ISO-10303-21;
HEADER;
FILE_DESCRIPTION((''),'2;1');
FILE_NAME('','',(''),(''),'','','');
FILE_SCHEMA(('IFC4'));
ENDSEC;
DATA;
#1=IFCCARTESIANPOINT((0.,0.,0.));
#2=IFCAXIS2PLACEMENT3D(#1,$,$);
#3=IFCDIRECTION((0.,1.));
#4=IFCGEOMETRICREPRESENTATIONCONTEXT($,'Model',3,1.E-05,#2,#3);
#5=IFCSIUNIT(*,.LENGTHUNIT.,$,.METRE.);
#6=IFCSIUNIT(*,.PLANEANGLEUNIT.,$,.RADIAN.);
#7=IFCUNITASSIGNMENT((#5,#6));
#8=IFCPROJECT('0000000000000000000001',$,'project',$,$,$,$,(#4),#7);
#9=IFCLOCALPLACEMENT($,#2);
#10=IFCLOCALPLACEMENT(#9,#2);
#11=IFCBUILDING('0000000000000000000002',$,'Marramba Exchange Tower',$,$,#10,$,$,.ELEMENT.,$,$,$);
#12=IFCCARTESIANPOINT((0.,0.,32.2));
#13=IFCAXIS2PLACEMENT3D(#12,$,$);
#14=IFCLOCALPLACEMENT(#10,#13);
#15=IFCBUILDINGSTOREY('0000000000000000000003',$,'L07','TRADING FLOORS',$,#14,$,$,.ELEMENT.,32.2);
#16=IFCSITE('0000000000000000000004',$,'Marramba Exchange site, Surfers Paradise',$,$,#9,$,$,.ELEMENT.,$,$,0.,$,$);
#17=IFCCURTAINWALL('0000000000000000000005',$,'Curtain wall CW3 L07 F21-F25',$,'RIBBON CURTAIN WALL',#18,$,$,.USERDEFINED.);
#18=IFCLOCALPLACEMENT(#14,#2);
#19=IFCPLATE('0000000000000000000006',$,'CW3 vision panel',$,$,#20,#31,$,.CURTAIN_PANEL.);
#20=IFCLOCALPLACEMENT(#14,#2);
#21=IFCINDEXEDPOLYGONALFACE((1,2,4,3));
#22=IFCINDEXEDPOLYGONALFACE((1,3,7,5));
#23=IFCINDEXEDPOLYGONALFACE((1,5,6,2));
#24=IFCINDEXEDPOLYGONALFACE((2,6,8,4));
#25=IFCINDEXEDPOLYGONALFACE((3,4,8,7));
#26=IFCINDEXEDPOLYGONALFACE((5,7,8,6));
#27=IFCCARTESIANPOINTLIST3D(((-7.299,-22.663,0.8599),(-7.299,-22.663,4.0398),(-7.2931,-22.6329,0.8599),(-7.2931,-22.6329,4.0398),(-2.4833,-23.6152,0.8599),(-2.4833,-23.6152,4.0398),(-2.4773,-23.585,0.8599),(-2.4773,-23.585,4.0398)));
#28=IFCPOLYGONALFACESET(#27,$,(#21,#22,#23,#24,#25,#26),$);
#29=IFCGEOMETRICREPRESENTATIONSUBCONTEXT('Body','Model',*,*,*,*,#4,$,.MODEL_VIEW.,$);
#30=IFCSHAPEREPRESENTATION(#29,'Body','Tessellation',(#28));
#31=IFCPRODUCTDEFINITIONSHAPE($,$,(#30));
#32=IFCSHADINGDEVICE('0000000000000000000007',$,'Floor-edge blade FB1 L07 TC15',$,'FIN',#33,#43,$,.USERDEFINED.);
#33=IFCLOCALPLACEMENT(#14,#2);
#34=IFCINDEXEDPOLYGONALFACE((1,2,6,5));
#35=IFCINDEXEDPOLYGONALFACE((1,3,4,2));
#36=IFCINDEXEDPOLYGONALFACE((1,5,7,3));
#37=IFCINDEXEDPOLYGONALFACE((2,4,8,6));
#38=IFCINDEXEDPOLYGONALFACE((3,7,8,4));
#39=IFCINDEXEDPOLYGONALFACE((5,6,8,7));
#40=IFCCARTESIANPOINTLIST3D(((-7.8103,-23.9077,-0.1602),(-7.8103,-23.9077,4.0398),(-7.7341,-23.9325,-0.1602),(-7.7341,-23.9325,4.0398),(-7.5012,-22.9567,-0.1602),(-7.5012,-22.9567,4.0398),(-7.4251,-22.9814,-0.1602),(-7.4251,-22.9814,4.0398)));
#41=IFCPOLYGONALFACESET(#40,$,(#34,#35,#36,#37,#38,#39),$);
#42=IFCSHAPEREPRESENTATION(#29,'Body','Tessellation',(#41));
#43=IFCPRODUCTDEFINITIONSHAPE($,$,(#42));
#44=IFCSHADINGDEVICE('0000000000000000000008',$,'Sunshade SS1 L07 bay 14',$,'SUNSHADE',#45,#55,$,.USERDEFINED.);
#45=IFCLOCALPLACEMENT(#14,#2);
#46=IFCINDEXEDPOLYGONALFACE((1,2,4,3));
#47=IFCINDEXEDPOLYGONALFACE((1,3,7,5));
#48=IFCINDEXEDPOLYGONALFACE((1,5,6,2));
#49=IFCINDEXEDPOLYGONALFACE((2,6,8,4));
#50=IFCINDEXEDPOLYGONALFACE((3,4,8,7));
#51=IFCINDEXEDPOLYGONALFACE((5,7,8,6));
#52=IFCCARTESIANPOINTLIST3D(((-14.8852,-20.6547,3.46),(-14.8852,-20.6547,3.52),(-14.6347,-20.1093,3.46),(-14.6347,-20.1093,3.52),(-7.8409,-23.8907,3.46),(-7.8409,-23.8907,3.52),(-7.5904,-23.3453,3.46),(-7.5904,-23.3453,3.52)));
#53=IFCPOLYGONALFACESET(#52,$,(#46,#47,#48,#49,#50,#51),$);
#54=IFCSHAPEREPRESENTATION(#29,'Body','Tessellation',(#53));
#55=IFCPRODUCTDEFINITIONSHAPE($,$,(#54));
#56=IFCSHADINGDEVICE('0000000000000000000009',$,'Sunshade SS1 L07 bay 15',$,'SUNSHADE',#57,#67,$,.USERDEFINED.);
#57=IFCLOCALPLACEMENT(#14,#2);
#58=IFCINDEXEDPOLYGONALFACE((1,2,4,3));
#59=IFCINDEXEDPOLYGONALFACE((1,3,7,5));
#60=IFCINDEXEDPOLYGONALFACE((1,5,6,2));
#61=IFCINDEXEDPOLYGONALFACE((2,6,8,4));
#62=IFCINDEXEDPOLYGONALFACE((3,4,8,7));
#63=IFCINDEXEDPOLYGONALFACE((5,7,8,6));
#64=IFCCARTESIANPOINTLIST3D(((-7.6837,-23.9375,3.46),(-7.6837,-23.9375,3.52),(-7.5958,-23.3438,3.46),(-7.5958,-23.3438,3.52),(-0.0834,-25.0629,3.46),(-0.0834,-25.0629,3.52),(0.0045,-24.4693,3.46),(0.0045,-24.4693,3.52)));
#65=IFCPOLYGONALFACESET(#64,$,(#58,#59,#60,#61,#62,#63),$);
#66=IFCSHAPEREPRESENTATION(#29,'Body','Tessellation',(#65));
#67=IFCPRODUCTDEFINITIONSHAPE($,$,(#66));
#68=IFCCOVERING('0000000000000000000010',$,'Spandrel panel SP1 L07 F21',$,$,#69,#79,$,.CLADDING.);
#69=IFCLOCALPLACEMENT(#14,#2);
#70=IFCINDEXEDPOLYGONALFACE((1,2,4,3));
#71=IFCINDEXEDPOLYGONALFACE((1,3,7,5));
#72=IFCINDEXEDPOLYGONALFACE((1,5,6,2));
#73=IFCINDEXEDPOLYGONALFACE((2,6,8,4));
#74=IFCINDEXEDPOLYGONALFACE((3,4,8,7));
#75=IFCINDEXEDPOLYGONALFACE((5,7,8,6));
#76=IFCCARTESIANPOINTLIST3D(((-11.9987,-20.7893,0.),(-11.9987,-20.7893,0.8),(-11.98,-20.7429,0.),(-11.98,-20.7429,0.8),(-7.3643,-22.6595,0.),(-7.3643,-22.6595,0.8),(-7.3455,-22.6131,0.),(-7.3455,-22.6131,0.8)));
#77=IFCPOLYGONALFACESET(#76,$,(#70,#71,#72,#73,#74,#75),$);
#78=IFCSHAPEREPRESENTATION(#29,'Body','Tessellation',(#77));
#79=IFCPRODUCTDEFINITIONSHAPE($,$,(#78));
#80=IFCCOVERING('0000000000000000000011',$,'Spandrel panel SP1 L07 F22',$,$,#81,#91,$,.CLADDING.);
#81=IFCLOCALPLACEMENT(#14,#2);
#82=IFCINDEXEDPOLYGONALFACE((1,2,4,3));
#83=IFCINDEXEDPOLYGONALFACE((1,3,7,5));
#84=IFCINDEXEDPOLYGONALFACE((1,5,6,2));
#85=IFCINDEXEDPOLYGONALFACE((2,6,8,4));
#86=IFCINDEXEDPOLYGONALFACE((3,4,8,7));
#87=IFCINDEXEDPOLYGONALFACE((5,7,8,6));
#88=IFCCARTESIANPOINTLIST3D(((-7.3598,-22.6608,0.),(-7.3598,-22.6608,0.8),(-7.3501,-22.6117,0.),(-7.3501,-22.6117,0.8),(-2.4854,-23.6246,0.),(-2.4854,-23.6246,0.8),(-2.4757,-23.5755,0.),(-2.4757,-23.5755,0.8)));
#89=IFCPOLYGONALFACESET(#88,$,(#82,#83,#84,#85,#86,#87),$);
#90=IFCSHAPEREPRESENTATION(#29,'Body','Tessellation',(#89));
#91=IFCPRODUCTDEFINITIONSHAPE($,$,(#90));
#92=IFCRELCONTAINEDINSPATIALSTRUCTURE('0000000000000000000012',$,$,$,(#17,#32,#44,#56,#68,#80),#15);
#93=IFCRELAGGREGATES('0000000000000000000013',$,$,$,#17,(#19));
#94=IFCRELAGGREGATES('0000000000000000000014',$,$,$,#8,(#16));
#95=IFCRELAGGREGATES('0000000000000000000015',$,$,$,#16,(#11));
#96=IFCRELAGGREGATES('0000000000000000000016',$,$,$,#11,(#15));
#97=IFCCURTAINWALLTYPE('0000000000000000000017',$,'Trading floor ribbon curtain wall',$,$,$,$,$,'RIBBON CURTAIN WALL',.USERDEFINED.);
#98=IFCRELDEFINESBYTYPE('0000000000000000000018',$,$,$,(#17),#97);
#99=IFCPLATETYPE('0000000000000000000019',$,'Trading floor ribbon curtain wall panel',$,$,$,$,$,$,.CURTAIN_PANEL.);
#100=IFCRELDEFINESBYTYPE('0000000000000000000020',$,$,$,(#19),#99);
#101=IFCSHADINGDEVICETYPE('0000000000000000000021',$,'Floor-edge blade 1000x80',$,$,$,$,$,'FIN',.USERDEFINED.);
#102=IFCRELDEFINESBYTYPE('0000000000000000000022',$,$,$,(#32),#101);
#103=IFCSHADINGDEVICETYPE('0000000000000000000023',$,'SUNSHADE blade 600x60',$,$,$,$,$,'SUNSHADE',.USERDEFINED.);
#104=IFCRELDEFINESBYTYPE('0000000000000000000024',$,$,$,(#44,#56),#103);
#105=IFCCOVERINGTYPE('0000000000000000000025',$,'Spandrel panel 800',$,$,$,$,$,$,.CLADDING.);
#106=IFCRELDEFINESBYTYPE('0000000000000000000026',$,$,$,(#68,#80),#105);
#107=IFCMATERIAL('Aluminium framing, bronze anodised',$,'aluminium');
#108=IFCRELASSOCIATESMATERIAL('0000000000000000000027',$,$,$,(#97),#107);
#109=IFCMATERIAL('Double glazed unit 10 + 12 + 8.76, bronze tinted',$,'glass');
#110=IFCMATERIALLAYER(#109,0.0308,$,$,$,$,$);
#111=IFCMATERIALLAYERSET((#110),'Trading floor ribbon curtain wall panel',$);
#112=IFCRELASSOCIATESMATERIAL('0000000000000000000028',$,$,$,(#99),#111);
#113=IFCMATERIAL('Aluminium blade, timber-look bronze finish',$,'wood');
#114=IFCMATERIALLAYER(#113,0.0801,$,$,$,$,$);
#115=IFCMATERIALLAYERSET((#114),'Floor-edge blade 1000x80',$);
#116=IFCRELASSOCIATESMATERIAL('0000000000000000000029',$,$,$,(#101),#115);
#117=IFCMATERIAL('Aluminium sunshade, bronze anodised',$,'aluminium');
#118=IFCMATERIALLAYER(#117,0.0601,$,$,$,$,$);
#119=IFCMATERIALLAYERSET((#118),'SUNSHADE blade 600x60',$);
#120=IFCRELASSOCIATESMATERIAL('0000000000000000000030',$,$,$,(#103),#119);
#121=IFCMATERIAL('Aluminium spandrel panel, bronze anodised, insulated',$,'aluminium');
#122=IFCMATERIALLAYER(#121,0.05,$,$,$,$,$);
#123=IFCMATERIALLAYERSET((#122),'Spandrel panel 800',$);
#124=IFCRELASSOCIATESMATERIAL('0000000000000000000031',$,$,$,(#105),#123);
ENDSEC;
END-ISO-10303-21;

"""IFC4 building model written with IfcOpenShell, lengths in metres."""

from ifc_helpers import new_model, si_unit, direction, frame, origin, origin_2d, place, context, subcontext, project, spatial, rectangle, extrude, material, layer, layer_set, type_object, element, aggregate, save


model = new_model("IFC4")

# Units and contexts
model_context = context("Model", 3, precision=1e-05, world=origin(), true_north=direction((0.0, 1.0)))
body_context = subcontext(model_context, "Body", "Model", "MODEL_VIEW")
ifc_project = project(units=[si_unit("LENGTHUNIT", "METRE"), si_unit("PLANEANGLEUNIT", "RADIAN")], contexts=[model_context])

# Site, building, storey
site_placement = place(None, origin())
site = spatial("IfcSite", under=ifc_project, at=site_placement, Name="Marramba Exchange site, Surfers Paradise", CompositionType="ELEMENT", RefElevation=0.0)
building_placement = place(site_placement, origin())
building = spatial("IfcBuilding", under=site, at=building_placement, Name="Marramba Exchange Tower", CompositionType="ELEMENT")
storey_placement = place(building_placement, frame((0.0, 0.0, 32.2)))
storey = spatial("IfcBuildingStorey", under=building, at=storey_placement, Name="L07", Description="TRADING FLOORS", CompositionType="ELEMENT", Elevation=32.2)

# Curtain wall, plate
ifc_material_1 = material(Name="Aluminium framing, bronze anodised", Category="aluminium")
curtain_wall_type = type_object("IfcCurtainWallType", Name="Trading floor ribbon curtain wall", ElementType="RIBBON CURTAIN WALL", PredefinedType="USERDEFINED", material=ifc_material_1)
curtain_wall_placement = place(storey_placement, origin())
curtain_wall = element("IfcCurtainWall", 1, at=curtain_wall_placement, inside=storey, type_object=curtain_wall_type, Name="Curtain wall CW3 L07 F21-F25", ObjectType="RIBBON CURTAIN WALL", PredefinedType="USERDEFINED")
ifc_material_2 = material(Name="Double glazed unit 10 + 12 + 8.76, bronze tinted", Category="glass")
ifc_layer_1 = layer(ifc_material_2, 0.0308)
ifc_layer_set_1 = layer_set([ifc_layer_1], Name="Trading floor ribbon curtain wall panel")
plate_type = type_object("IfcPlateType", Name="Trading floor ribbon curtain wall panel", PredefinedType="CURTAIN_PANEL", material=ifc_layer_set_1)
plate_1_placement = place(storey_placement, frame((-4.8882, -23.124, 0.8599), z_axis=(0.0, 0.0, 1.0), x_axis=(0.981009, -0.193961, 0.0)))
plate_1 = element("IfcPlate", 2, at=plate_1_placement, type_object=plate_type, Name="CW3 vision panel", PredefinedType="CURTAIN_PANEL", context=body_context, shape_type="SweptSolid", body=[
    extrude(rectangle(XDim=4.9089, YDim=0.0308, at=origin_2d()), origin(), (0.0, 0.0, 1.0), 3.1799),
])
aggregate(curtain_wall, [plate_1])

# Shading devices
ifc_material_3 = material(Name="Aluminium blade, timber-look bronze finish", Category="wood")
ifc_layer_2 = layer(ifc_material_3, 0.0801)
ifc_layer_set_2 = layer_set([ifc_layer_2], Name="Floor-edge blade 1000x80")
shading_device_type_1 = type_object("IfcShadingDeviceType", Name="Floor-edge blade 1000x80", ElementType="FIN", PredefinedType="USERDEFINED", material=ifc_layer_set_2)
shading_device_1_placement = place(storey_placement, frame((-7.6177, -23.4446, -0.1602), z_axis=(0.0, 0.0, 1.0), x_axis=(-0.309017, -0.951057, 0.0)))
element("IfcShadingDevice", 3, at=shading_device_1_placement, inside=storey, type_object=shading_device_type_1, Name="Floor-edge blade FB1 L07 TC15", ObjectType="FIN", PredefinedType="USERDEFINED", context=body_context, shape_type="SweptSolid", body=[
    extrude(rectangle(XDim=1.0, YDim=0.0801, at=origin_2d()), origin(), (0.0, 0.0, 1.0), 4.2),
])
ifc_material_4 = material(Name="Aluminium sunshade, bronze anodised", Category="aluminium")
ifc_layer_3 = layer(ifc_material_4, 0.0601)
ifc_layer_set_3 = layer_set([ifc_layer_3], Name="SUNSHADE blade 600x60")
shading_device_type_2 = type_object("IfcShadingDeviceType", Name="SUNSHADE blade 600x60", ElementType="SUNSHADE", PredefinedType="USERDEFINED", material=ifc_layer_set_3)
shading_device_2_placement = place(storey_placement, frame((-11.2378, -22.0, 3.46), z_axis=(0.0, 0.0, 1.0), x_axis=(0.908704, -0.417442, 0.0)))
element("IfcShadingDevice", 4, at=shading_device_2_placement, inside=storey, type_object=shading_device_type_2, Name="Sunshade SS1 L07 bay 14", ObjectType="SUNSHADE", PredefinedType="USERDEFINED", context=body_context, shape_type="SweptSolid", body=[
    extrude(rectangle(XDim=7.752, YDim=0.6001, at=origin_2d()), origin(), (0.0, 0.0, 1.0), 0.0601),
])
shading_device_3_placement = place(storey_placement, frame((-3.8396, -24.2034, 3.46), z_axis=(0.0, 0.0, 1.0), x_axis=(0.989213, -0.146485, 0.0)))
element("IfcShadingDevice", 5, at=shading_device_3_placement, inside=storey, type_object=shading_device_type_2, Name="Sunshade SS1 L07 bay 15", ObjectType="SUNSHADE", PredefinedType="USERDEFINED", context=body_context, shape_type="SweptSolid", body=[
    extrude(rectangle(XDim=7.6831, YDim=0.6001, at=origin_2d()), origin(), (0.0, 0.0, 1.0), 0.0601),
])

# Coverings
ifc_material_5 = material(Name="Aluminium spandrel panel, bronze anodised, insulated", Category="aluminium")
ifc_layer_4 = layer(ifc_material_5, 0.05)
ifc_layer_set_4 = layer_set([ifc_layer_4], Name="Spandrel panel 800")
covering_type = type_object("IfcCoveringType", Name="Spandrel panel 800", PredefinedType="CLADDING", material=ifc_layer_set_4)
covering_1_placement = place(storey_placement, frame((-9.6721, -21.7012, 0.0), z_axis=(0.0, 0.0, 1.0), x_axis=(0.927341, -0.374218, 0.0)))
element("IfcCovering", 6, at=covering_1_placement, inside=storey, type_object=covering_type, Name="Spandrel panel SP1 L07 F21", PredefinedType="CLADDING", context=body_context, shape_type="SweptSolid", body=[
    extrude(rectangle(XDim=4.9976, YDim=0.05, at=origin_2d()), origin(), (0.0, 0.0, 1.0), 0.8),
])
covering_2_placement = place(storey_placement, frame((-4.9177, -23.1182, 0.0), z_axis=(0.0, 0.0, 1.0), x_axis=(0.981009, -0.193961, 0.0)))
element("IfcCovering", 7, at=covering_2_placement, inside=storey, type_object=covering_type, Name="Spandrel panel SP1 L07 F22", PredefinedType="CLADDING", context=body_context, shape_type="SweptSolid", body=[
    extrude(rectangle(XDim=4.9688, YDim=0.05, at=origin_2d()), origin(), (0.0, 0.0, 1.0), 0.8),
])

save(model, "model.ifc")
